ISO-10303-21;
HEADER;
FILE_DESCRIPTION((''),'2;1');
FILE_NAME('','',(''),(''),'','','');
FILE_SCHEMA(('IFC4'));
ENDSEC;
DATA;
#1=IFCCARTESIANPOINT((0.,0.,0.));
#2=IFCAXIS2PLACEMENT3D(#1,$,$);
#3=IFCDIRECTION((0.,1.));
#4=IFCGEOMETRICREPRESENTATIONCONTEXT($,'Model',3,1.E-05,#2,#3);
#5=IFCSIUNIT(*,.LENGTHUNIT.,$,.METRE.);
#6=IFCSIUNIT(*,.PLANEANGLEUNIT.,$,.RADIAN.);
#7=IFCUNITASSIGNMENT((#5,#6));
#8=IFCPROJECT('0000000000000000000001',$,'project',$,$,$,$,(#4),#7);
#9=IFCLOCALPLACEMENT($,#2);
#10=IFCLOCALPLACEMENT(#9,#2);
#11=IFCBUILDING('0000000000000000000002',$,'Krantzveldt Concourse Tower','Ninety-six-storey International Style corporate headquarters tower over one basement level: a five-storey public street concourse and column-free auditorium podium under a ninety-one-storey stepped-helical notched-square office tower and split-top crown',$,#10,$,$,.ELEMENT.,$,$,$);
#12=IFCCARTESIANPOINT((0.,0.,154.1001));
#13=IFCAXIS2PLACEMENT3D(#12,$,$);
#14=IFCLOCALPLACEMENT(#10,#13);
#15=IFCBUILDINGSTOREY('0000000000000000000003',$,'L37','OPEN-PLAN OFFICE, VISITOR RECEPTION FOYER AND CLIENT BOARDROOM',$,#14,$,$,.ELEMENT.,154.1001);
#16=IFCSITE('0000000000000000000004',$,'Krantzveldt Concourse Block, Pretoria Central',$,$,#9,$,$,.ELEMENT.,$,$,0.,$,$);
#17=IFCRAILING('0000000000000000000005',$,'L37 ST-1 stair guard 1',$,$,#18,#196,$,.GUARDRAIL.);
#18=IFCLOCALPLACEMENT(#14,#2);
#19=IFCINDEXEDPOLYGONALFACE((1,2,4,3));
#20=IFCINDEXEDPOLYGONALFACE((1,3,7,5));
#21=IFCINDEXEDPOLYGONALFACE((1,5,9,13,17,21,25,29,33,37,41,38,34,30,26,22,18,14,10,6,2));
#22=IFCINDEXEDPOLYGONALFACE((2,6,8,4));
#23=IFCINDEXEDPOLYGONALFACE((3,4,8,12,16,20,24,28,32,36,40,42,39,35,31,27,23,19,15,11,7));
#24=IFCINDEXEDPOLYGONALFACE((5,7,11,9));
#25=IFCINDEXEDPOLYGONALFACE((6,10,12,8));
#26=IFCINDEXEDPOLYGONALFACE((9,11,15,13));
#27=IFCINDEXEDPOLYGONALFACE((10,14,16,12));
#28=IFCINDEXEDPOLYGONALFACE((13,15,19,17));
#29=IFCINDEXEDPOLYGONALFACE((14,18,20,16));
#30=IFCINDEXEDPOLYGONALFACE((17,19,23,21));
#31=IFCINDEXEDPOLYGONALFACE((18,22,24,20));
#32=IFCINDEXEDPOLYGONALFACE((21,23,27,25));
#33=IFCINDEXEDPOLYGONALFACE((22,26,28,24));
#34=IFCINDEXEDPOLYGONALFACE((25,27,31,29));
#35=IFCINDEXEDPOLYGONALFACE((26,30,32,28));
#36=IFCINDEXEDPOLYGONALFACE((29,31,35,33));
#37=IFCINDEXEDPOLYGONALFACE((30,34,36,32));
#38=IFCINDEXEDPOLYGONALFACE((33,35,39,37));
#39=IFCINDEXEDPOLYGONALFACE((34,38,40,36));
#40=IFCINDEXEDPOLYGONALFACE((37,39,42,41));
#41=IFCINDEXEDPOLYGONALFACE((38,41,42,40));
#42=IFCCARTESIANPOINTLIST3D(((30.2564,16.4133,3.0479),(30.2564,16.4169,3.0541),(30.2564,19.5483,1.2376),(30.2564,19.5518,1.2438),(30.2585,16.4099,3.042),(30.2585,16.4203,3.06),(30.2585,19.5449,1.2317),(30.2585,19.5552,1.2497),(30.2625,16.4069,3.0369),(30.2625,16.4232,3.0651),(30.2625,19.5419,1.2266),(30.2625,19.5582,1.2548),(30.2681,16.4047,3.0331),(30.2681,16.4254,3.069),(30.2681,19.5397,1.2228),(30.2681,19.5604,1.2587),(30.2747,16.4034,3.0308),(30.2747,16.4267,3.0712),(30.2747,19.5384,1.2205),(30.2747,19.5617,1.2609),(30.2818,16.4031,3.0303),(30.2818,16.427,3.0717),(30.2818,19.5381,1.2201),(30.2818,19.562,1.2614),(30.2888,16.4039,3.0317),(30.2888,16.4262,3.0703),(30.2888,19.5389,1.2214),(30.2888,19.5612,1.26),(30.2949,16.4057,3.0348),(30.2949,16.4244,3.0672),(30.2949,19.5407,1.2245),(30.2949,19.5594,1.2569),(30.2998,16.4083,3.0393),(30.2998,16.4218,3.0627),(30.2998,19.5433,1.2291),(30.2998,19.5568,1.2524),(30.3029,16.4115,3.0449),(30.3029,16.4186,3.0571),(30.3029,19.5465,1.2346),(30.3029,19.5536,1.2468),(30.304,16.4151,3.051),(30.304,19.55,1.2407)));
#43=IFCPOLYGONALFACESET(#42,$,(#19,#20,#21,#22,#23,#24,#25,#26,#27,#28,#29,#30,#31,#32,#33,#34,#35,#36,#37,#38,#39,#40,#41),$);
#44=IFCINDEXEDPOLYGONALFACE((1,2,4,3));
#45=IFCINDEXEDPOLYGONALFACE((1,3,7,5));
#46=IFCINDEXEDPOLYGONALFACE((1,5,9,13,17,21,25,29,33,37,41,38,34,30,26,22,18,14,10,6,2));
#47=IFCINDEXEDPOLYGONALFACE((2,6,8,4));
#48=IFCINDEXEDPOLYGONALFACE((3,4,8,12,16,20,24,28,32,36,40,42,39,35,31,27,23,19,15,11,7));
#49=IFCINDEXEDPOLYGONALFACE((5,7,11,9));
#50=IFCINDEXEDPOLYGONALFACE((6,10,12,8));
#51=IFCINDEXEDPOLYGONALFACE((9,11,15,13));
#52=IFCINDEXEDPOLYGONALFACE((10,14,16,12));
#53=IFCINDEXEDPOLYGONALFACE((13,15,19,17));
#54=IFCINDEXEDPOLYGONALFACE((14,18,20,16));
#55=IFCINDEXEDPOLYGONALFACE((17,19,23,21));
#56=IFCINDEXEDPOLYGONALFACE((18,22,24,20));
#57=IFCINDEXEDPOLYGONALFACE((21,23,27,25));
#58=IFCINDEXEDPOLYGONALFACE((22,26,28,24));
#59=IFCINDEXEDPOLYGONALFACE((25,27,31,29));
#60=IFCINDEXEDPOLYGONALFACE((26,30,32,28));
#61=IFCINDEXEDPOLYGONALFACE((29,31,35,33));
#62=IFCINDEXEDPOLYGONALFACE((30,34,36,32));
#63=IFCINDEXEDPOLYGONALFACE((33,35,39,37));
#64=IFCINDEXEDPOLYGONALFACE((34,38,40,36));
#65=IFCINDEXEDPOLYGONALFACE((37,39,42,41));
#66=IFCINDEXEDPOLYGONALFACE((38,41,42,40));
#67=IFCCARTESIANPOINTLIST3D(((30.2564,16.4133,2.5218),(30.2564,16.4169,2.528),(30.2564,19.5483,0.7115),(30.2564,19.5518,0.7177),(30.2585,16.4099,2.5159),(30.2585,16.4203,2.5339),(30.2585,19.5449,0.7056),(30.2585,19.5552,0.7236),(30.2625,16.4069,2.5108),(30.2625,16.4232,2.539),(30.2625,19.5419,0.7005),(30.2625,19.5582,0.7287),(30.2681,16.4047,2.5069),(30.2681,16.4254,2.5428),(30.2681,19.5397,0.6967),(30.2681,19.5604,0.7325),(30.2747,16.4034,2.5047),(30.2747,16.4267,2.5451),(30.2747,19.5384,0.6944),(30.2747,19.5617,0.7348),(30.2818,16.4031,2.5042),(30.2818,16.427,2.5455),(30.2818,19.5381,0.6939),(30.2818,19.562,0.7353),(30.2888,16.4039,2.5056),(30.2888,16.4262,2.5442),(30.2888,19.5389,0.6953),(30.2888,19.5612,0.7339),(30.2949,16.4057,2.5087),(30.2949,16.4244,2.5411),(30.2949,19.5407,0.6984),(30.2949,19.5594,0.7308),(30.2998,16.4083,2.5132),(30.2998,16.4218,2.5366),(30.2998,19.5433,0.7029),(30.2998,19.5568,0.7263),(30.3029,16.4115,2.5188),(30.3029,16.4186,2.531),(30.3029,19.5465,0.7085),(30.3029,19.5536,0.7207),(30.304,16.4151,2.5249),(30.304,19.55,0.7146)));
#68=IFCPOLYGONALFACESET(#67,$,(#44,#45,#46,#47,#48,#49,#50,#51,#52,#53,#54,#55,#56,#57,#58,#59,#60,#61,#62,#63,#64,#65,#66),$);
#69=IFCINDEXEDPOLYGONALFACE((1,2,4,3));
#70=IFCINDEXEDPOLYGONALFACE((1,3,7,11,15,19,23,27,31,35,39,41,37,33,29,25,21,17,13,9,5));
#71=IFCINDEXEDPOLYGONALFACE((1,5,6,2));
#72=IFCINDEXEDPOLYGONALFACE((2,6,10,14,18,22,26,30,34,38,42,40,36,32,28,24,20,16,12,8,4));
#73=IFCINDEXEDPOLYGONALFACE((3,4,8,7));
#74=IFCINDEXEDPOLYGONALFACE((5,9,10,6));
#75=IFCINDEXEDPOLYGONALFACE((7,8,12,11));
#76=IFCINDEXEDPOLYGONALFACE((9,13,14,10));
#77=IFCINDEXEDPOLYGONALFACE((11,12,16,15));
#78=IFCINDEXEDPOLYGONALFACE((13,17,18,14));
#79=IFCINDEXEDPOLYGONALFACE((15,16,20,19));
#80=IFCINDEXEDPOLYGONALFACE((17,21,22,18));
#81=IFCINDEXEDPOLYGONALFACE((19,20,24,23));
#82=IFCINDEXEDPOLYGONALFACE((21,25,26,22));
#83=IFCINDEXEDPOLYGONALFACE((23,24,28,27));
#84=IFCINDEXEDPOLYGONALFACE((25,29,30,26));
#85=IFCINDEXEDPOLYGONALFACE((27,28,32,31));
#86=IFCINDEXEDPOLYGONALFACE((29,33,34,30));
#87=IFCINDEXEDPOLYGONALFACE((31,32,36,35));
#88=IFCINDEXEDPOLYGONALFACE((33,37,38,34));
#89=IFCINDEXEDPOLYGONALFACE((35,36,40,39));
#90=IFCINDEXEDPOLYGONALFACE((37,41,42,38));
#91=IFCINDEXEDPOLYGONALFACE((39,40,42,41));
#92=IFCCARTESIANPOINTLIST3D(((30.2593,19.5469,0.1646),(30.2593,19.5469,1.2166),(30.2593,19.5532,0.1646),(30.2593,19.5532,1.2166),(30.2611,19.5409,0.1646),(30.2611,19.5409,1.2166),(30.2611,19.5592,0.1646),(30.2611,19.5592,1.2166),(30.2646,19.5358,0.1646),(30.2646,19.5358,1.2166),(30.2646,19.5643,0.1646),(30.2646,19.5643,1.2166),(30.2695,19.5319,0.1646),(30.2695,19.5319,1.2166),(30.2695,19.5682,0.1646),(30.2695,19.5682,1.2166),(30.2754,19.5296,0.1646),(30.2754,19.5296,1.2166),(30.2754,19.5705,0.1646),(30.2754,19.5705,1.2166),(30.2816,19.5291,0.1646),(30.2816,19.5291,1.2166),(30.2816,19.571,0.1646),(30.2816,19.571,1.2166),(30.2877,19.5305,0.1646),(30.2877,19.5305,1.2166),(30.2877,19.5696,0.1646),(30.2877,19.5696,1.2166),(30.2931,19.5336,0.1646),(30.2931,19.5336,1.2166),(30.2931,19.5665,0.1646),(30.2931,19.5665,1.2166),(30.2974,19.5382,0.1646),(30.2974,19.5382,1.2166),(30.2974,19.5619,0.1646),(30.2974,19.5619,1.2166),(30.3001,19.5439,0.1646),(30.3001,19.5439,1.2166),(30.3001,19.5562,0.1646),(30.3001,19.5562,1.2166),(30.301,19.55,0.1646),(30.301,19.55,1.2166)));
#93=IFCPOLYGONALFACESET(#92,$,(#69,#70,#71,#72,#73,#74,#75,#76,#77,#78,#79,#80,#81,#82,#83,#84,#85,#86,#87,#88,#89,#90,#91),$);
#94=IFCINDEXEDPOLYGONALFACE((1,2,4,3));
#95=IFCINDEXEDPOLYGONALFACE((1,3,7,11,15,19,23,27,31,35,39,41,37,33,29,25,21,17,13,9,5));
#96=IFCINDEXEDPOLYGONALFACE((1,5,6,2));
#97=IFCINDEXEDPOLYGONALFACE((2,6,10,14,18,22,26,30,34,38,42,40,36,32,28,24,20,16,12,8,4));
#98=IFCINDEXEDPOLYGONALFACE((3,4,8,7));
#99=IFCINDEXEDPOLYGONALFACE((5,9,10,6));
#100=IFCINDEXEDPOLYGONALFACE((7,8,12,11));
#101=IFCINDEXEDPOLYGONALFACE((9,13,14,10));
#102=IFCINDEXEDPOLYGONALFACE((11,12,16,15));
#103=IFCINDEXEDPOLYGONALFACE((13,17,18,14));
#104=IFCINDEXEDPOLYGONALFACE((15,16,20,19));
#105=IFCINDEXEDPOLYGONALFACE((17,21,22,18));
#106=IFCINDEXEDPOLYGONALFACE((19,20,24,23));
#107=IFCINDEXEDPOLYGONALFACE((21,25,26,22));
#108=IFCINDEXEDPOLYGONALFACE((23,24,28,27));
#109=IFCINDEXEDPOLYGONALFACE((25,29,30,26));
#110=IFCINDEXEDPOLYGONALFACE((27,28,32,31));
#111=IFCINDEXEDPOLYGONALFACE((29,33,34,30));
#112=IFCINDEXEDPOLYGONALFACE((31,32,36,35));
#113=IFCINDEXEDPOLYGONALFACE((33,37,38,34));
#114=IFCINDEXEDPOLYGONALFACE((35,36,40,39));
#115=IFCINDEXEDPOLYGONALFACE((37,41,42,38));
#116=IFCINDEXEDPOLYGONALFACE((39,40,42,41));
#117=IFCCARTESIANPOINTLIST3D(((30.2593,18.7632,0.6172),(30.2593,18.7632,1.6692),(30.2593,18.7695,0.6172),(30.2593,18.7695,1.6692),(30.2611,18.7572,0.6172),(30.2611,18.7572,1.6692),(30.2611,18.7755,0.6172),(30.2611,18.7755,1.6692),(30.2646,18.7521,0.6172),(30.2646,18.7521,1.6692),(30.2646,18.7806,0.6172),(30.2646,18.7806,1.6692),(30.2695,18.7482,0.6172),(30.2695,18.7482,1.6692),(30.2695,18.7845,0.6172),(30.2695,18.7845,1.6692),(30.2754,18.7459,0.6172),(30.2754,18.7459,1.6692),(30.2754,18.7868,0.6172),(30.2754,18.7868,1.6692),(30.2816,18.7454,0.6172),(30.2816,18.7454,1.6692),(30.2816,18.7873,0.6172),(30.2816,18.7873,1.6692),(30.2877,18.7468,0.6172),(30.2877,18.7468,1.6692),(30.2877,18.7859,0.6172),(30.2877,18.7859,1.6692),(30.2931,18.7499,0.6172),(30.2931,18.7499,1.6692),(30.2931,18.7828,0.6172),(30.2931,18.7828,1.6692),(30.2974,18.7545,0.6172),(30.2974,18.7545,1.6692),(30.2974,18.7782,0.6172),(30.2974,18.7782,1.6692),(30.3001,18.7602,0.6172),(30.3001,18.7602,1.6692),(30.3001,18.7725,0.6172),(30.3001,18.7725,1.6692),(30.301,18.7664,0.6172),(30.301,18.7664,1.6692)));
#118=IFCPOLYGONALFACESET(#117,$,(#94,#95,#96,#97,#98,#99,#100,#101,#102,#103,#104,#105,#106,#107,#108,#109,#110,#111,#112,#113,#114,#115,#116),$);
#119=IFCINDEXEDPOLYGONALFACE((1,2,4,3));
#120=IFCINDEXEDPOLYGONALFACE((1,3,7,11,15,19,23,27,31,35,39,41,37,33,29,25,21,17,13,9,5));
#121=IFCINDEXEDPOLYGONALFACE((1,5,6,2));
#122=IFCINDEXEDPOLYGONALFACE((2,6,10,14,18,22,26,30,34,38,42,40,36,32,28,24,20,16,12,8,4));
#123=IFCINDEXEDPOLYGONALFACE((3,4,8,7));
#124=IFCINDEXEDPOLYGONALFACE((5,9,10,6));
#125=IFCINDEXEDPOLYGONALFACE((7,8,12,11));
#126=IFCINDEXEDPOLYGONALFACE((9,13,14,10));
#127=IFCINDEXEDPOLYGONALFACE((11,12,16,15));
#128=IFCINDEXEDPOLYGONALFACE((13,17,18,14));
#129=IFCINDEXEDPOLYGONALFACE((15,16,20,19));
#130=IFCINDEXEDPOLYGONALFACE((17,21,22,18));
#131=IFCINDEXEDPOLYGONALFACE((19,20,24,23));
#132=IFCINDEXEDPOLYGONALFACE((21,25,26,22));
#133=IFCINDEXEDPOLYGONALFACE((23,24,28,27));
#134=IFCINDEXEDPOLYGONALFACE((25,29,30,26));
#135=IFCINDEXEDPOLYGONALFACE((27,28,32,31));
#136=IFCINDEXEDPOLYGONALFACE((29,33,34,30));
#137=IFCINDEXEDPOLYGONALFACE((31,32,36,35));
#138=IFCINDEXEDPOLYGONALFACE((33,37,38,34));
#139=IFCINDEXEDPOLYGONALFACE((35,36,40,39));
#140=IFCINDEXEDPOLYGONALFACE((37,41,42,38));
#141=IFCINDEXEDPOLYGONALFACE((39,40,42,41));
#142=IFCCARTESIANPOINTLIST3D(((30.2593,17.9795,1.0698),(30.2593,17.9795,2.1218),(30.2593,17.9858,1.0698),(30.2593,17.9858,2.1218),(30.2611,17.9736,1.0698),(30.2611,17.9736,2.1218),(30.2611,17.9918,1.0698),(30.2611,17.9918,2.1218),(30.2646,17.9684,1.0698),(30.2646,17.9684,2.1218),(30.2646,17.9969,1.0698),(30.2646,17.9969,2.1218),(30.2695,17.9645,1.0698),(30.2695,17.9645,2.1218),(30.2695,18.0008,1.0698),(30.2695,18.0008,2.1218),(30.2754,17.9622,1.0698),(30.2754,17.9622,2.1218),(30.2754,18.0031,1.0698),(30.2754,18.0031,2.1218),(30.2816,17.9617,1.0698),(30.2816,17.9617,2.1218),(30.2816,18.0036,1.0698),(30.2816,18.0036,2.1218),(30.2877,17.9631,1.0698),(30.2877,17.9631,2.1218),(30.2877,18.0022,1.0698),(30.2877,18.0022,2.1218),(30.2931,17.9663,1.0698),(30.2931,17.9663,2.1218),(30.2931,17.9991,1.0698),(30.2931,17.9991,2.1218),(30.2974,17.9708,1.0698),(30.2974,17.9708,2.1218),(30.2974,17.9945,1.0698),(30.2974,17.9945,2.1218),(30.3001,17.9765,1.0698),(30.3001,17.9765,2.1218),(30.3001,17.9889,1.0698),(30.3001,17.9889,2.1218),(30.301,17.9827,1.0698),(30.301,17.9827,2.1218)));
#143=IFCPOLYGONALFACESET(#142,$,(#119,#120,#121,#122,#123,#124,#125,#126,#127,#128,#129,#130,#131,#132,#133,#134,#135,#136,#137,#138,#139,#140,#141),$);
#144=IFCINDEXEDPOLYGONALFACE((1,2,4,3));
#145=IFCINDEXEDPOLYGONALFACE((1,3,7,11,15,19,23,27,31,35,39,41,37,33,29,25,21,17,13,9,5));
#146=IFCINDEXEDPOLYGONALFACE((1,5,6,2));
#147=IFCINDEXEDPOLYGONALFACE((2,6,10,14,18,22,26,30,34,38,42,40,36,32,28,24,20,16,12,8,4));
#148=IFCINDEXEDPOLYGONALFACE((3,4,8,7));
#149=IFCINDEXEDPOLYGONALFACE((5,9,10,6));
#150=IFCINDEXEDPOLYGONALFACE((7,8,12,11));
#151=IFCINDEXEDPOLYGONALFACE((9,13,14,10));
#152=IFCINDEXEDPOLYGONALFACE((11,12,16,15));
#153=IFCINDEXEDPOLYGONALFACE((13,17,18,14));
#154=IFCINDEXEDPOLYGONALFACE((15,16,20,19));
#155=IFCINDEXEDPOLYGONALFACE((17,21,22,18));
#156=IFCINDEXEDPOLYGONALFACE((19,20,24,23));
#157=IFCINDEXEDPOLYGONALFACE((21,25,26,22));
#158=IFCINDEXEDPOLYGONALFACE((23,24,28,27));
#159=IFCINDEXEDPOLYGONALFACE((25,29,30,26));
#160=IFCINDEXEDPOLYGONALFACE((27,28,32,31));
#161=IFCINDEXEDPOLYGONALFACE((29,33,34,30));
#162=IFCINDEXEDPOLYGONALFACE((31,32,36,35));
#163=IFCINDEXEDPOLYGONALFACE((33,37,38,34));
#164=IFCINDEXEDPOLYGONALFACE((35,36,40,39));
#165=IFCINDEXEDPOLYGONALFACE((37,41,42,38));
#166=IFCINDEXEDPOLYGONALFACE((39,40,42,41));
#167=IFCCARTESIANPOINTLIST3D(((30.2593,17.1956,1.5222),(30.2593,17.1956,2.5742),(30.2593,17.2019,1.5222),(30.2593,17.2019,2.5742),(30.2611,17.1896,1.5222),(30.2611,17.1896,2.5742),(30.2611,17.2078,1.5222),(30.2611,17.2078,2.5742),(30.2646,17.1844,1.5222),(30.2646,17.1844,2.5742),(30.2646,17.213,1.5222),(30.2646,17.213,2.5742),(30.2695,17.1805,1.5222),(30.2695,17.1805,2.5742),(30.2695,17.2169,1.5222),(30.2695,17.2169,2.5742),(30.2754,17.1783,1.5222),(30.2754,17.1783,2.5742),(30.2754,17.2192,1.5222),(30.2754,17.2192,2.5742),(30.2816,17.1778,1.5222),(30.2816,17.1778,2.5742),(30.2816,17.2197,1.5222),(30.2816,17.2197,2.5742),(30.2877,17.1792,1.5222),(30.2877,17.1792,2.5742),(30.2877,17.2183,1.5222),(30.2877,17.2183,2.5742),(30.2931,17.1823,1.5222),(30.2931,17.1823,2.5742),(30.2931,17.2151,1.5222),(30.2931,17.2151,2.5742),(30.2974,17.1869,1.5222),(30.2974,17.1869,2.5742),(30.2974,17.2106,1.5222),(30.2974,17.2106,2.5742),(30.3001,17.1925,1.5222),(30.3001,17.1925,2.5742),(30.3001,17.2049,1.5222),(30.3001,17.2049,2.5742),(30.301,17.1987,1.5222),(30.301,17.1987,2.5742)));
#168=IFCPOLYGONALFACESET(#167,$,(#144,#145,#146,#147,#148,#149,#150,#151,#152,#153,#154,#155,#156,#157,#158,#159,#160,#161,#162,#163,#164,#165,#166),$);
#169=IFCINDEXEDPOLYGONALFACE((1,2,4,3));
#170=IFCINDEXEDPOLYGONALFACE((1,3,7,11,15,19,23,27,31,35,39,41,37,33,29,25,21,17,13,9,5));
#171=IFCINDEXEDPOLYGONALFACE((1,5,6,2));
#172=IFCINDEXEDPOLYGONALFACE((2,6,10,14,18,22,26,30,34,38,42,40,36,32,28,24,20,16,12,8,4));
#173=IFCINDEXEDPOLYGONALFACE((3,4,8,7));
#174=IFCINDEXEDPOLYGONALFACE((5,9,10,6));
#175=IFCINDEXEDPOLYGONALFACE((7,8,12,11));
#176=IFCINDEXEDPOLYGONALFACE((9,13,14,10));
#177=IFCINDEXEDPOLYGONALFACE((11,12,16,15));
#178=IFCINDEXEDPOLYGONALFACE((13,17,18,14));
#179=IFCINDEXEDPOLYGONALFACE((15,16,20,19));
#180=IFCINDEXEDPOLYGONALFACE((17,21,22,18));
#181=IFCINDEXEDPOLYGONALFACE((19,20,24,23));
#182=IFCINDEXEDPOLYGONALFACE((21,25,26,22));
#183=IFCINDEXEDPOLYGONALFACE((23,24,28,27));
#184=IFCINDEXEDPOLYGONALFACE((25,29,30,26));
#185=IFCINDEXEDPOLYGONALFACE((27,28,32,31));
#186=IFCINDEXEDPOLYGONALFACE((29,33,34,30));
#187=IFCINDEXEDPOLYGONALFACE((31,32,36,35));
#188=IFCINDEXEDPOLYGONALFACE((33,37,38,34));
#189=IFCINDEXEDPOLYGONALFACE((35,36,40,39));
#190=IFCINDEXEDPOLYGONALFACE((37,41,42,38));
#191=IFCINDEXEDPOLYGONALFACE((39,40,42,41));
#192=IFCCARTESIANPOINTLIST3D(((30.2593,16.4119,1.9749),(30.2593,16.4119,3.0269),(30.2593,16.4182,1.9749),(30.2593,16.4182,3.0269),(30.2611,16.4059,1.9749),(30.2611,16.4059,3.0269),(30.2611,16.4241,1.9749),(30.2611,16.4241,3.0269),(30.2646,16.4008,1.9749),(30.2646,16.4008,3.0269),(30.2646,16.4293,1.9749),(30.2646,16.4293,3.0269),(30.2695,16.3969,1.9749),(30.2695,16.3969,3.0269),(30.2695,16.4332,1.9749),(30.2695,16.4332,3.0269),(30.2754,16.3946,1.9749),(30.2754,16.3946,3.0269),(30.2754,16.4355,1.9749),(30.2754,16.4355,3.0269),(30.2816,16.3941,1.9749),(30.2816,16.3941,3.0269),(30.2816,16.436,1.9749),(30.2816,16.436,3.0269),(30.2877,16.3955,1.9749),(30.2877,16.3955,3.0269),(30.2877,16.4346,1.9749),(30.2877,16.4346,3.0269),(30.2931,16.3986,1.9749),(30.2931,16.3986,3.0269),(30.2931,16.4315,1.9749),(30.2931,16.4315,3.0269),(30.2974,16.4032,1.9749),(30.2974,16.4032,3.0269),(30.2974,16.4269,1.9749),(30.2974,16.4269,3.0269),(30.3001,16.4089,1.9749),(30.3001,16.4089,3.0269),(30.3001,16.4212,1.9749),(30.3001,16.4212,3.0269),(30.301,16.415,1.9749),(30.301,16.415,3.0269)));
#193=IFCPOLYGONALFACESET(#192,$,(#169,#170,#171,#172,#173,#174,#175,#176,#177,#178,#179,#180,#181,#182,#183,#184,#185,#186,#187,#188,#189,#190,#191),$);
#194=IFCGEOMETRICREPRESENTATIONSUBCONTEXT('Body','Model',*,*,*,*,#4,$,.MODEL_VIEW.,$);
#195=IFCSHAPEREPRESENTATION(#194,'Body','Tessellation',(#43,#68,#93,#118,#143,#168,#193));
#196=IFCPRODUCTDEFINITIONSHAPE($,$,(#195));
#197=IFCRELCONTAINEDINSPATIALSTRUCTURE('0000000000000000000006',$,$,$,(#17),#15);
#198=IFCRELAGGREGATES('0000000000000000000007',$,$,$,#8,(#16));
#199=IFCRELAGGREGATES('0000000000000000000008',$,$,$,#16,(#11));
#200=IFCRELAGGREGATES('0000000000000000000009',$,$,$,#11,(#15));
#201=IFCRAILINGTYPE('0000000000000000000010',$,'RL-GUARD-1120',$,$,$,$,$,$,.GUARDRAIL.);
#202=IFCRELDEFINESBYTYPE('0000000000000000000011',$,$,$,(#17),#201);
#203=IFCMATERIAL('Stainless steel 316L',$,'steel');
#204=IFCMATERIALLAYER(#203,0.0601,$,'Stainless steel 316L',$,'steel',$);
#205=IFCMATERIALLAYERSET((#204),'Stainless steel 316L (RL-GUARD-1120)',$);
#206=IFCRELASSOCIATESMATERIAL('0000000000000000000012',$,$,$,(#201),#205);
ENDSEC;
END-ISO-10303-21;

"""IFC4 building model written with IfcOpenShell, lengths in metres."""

from ifc_helpers import new_model, si_unit, direction, frame, origin, origin_2d, place, context, subcontext, project, spatial, circle, extrude, material, layer, layer_set, type_object, element, save


model = new_model("IFC4")

# Units and contexts
model_context = context("Model", 3, precision=1e-05, world=origin(), true_north=direction((0.0, 1.0)))
body_context = subcontext(model_context, "Body", "Model", "MODEL_VIEW")
ifc_project = project(units=[si_unit("LENGTHUNIT", "METRE"), si_unit("PLANEANGLEUNIT", "RADIAN")], contexts=[model_context])

# Site, building, storey
site_placement = place(None, origin())
site = spatial("IfcSite", under=ifc_project, at=site_placement, Name="Krantzveldt Concourse Block, Pretoria Central", CompositionType="ELEMENT", RefElevation=0.0)
building_placement = place(site_placement, origin())
building = spatial("IfcBuilding", under=site, at=building_placement, Name="Krantzveldt Concourse Tower", Description="Ninety-six-storey International Style corporate headquarters tower over one basement level: a five-storey public street concourse and column-free auditorium podium under a ninety-one-storey stepped-helical notched-square office tower and split-top crown", CompositionType="ELEMENT")
storey_placement = place(building_placement, frame((0.0, 0.0, 154.1001)))
storey = spatial("IfcBuildingStorey", under=building, at=storey_placement, Name="L37", Description="OPEN-PLAN OFFICE, VISITOR RECEPTION FOYER AND CLIENT BOARDROOM", CompositionType="ELEMENT", Elevation=154.1001)

# Railing
ifc_material_1 = material(Name="Stainless steel 316L", Category="steel")
ifc_layer_1 = layer(ifc_material_1, 0.0601, Name="Stainless steel 316L", Category="steel")
ifc_layer_set_1 = layer_set([ifc_layer_1], Name="Stainless steel 316L (RL-GUARD-1120)")
railing_type_1 = type_object("IfcRailingType", Name="RL-GUARD-1120", PredefinedType="GUARDRAIL", material=ifc_layer_set_1)
railing_1_placement = place(storey_placement, frame((30.28, 19.55, 0.1646)))
element("IfcRailing", 1, at=railing_1_placement, inside=storey, type_object=railing_type_1, Name="L37 ST-1 stair guard 1", PredefinedType="GUARDRAIL", context=body_context, shape_type="SweptSolid", body=[
    extrude(circle(Radius=0.0239, at=origin_2d()), frame((0.0, 0.0, 1.0762), z_axis=(0.0, -0.865989, 0.500063), x_axis=(1.0, 0.0, 0.0)), (0.0, 0.0, 1.0), 3.6201),
    extrude(circle(Radius=0.0239, at=origin_2d()), frame((0.0, 0.0, 0.55), z_axis=(0.0, -0.865989, 0.500063), x_axis=(1.0, 0.0, 0.0)), (0.0, 0.0, 1.0), 3.6201),
    extrude(circle(Radius=0.021, at=origin_2d()), origin(), (0.0, 0.0, 1.0), 1.052),
    extrude(circle(Radius=0.021, at=origin_2d()), frame((0.0, -0.7837, 0.4526)), (0.0, 0.0, 1.0), 1.052),
    extrude(circle(Radius=0.021, at=origin_2d()), frame((0.0, -1.5674, 0.9053)), (0.0, 0.0, 1.0), 1.052),
    extrude(circle(Radius=0.021, at=origin_2d()), frame((0.0, -2.3513, 1.3577)), (0.0, 0.0, 1.0), 1.052),
    extrude(circle(Radius=0.021, at=origin_2d()), frame((0.0, -3.135, 1.8103)), (0.0, 0.0, 1.0), 1.052),
])

save(model, "model.ifc")
